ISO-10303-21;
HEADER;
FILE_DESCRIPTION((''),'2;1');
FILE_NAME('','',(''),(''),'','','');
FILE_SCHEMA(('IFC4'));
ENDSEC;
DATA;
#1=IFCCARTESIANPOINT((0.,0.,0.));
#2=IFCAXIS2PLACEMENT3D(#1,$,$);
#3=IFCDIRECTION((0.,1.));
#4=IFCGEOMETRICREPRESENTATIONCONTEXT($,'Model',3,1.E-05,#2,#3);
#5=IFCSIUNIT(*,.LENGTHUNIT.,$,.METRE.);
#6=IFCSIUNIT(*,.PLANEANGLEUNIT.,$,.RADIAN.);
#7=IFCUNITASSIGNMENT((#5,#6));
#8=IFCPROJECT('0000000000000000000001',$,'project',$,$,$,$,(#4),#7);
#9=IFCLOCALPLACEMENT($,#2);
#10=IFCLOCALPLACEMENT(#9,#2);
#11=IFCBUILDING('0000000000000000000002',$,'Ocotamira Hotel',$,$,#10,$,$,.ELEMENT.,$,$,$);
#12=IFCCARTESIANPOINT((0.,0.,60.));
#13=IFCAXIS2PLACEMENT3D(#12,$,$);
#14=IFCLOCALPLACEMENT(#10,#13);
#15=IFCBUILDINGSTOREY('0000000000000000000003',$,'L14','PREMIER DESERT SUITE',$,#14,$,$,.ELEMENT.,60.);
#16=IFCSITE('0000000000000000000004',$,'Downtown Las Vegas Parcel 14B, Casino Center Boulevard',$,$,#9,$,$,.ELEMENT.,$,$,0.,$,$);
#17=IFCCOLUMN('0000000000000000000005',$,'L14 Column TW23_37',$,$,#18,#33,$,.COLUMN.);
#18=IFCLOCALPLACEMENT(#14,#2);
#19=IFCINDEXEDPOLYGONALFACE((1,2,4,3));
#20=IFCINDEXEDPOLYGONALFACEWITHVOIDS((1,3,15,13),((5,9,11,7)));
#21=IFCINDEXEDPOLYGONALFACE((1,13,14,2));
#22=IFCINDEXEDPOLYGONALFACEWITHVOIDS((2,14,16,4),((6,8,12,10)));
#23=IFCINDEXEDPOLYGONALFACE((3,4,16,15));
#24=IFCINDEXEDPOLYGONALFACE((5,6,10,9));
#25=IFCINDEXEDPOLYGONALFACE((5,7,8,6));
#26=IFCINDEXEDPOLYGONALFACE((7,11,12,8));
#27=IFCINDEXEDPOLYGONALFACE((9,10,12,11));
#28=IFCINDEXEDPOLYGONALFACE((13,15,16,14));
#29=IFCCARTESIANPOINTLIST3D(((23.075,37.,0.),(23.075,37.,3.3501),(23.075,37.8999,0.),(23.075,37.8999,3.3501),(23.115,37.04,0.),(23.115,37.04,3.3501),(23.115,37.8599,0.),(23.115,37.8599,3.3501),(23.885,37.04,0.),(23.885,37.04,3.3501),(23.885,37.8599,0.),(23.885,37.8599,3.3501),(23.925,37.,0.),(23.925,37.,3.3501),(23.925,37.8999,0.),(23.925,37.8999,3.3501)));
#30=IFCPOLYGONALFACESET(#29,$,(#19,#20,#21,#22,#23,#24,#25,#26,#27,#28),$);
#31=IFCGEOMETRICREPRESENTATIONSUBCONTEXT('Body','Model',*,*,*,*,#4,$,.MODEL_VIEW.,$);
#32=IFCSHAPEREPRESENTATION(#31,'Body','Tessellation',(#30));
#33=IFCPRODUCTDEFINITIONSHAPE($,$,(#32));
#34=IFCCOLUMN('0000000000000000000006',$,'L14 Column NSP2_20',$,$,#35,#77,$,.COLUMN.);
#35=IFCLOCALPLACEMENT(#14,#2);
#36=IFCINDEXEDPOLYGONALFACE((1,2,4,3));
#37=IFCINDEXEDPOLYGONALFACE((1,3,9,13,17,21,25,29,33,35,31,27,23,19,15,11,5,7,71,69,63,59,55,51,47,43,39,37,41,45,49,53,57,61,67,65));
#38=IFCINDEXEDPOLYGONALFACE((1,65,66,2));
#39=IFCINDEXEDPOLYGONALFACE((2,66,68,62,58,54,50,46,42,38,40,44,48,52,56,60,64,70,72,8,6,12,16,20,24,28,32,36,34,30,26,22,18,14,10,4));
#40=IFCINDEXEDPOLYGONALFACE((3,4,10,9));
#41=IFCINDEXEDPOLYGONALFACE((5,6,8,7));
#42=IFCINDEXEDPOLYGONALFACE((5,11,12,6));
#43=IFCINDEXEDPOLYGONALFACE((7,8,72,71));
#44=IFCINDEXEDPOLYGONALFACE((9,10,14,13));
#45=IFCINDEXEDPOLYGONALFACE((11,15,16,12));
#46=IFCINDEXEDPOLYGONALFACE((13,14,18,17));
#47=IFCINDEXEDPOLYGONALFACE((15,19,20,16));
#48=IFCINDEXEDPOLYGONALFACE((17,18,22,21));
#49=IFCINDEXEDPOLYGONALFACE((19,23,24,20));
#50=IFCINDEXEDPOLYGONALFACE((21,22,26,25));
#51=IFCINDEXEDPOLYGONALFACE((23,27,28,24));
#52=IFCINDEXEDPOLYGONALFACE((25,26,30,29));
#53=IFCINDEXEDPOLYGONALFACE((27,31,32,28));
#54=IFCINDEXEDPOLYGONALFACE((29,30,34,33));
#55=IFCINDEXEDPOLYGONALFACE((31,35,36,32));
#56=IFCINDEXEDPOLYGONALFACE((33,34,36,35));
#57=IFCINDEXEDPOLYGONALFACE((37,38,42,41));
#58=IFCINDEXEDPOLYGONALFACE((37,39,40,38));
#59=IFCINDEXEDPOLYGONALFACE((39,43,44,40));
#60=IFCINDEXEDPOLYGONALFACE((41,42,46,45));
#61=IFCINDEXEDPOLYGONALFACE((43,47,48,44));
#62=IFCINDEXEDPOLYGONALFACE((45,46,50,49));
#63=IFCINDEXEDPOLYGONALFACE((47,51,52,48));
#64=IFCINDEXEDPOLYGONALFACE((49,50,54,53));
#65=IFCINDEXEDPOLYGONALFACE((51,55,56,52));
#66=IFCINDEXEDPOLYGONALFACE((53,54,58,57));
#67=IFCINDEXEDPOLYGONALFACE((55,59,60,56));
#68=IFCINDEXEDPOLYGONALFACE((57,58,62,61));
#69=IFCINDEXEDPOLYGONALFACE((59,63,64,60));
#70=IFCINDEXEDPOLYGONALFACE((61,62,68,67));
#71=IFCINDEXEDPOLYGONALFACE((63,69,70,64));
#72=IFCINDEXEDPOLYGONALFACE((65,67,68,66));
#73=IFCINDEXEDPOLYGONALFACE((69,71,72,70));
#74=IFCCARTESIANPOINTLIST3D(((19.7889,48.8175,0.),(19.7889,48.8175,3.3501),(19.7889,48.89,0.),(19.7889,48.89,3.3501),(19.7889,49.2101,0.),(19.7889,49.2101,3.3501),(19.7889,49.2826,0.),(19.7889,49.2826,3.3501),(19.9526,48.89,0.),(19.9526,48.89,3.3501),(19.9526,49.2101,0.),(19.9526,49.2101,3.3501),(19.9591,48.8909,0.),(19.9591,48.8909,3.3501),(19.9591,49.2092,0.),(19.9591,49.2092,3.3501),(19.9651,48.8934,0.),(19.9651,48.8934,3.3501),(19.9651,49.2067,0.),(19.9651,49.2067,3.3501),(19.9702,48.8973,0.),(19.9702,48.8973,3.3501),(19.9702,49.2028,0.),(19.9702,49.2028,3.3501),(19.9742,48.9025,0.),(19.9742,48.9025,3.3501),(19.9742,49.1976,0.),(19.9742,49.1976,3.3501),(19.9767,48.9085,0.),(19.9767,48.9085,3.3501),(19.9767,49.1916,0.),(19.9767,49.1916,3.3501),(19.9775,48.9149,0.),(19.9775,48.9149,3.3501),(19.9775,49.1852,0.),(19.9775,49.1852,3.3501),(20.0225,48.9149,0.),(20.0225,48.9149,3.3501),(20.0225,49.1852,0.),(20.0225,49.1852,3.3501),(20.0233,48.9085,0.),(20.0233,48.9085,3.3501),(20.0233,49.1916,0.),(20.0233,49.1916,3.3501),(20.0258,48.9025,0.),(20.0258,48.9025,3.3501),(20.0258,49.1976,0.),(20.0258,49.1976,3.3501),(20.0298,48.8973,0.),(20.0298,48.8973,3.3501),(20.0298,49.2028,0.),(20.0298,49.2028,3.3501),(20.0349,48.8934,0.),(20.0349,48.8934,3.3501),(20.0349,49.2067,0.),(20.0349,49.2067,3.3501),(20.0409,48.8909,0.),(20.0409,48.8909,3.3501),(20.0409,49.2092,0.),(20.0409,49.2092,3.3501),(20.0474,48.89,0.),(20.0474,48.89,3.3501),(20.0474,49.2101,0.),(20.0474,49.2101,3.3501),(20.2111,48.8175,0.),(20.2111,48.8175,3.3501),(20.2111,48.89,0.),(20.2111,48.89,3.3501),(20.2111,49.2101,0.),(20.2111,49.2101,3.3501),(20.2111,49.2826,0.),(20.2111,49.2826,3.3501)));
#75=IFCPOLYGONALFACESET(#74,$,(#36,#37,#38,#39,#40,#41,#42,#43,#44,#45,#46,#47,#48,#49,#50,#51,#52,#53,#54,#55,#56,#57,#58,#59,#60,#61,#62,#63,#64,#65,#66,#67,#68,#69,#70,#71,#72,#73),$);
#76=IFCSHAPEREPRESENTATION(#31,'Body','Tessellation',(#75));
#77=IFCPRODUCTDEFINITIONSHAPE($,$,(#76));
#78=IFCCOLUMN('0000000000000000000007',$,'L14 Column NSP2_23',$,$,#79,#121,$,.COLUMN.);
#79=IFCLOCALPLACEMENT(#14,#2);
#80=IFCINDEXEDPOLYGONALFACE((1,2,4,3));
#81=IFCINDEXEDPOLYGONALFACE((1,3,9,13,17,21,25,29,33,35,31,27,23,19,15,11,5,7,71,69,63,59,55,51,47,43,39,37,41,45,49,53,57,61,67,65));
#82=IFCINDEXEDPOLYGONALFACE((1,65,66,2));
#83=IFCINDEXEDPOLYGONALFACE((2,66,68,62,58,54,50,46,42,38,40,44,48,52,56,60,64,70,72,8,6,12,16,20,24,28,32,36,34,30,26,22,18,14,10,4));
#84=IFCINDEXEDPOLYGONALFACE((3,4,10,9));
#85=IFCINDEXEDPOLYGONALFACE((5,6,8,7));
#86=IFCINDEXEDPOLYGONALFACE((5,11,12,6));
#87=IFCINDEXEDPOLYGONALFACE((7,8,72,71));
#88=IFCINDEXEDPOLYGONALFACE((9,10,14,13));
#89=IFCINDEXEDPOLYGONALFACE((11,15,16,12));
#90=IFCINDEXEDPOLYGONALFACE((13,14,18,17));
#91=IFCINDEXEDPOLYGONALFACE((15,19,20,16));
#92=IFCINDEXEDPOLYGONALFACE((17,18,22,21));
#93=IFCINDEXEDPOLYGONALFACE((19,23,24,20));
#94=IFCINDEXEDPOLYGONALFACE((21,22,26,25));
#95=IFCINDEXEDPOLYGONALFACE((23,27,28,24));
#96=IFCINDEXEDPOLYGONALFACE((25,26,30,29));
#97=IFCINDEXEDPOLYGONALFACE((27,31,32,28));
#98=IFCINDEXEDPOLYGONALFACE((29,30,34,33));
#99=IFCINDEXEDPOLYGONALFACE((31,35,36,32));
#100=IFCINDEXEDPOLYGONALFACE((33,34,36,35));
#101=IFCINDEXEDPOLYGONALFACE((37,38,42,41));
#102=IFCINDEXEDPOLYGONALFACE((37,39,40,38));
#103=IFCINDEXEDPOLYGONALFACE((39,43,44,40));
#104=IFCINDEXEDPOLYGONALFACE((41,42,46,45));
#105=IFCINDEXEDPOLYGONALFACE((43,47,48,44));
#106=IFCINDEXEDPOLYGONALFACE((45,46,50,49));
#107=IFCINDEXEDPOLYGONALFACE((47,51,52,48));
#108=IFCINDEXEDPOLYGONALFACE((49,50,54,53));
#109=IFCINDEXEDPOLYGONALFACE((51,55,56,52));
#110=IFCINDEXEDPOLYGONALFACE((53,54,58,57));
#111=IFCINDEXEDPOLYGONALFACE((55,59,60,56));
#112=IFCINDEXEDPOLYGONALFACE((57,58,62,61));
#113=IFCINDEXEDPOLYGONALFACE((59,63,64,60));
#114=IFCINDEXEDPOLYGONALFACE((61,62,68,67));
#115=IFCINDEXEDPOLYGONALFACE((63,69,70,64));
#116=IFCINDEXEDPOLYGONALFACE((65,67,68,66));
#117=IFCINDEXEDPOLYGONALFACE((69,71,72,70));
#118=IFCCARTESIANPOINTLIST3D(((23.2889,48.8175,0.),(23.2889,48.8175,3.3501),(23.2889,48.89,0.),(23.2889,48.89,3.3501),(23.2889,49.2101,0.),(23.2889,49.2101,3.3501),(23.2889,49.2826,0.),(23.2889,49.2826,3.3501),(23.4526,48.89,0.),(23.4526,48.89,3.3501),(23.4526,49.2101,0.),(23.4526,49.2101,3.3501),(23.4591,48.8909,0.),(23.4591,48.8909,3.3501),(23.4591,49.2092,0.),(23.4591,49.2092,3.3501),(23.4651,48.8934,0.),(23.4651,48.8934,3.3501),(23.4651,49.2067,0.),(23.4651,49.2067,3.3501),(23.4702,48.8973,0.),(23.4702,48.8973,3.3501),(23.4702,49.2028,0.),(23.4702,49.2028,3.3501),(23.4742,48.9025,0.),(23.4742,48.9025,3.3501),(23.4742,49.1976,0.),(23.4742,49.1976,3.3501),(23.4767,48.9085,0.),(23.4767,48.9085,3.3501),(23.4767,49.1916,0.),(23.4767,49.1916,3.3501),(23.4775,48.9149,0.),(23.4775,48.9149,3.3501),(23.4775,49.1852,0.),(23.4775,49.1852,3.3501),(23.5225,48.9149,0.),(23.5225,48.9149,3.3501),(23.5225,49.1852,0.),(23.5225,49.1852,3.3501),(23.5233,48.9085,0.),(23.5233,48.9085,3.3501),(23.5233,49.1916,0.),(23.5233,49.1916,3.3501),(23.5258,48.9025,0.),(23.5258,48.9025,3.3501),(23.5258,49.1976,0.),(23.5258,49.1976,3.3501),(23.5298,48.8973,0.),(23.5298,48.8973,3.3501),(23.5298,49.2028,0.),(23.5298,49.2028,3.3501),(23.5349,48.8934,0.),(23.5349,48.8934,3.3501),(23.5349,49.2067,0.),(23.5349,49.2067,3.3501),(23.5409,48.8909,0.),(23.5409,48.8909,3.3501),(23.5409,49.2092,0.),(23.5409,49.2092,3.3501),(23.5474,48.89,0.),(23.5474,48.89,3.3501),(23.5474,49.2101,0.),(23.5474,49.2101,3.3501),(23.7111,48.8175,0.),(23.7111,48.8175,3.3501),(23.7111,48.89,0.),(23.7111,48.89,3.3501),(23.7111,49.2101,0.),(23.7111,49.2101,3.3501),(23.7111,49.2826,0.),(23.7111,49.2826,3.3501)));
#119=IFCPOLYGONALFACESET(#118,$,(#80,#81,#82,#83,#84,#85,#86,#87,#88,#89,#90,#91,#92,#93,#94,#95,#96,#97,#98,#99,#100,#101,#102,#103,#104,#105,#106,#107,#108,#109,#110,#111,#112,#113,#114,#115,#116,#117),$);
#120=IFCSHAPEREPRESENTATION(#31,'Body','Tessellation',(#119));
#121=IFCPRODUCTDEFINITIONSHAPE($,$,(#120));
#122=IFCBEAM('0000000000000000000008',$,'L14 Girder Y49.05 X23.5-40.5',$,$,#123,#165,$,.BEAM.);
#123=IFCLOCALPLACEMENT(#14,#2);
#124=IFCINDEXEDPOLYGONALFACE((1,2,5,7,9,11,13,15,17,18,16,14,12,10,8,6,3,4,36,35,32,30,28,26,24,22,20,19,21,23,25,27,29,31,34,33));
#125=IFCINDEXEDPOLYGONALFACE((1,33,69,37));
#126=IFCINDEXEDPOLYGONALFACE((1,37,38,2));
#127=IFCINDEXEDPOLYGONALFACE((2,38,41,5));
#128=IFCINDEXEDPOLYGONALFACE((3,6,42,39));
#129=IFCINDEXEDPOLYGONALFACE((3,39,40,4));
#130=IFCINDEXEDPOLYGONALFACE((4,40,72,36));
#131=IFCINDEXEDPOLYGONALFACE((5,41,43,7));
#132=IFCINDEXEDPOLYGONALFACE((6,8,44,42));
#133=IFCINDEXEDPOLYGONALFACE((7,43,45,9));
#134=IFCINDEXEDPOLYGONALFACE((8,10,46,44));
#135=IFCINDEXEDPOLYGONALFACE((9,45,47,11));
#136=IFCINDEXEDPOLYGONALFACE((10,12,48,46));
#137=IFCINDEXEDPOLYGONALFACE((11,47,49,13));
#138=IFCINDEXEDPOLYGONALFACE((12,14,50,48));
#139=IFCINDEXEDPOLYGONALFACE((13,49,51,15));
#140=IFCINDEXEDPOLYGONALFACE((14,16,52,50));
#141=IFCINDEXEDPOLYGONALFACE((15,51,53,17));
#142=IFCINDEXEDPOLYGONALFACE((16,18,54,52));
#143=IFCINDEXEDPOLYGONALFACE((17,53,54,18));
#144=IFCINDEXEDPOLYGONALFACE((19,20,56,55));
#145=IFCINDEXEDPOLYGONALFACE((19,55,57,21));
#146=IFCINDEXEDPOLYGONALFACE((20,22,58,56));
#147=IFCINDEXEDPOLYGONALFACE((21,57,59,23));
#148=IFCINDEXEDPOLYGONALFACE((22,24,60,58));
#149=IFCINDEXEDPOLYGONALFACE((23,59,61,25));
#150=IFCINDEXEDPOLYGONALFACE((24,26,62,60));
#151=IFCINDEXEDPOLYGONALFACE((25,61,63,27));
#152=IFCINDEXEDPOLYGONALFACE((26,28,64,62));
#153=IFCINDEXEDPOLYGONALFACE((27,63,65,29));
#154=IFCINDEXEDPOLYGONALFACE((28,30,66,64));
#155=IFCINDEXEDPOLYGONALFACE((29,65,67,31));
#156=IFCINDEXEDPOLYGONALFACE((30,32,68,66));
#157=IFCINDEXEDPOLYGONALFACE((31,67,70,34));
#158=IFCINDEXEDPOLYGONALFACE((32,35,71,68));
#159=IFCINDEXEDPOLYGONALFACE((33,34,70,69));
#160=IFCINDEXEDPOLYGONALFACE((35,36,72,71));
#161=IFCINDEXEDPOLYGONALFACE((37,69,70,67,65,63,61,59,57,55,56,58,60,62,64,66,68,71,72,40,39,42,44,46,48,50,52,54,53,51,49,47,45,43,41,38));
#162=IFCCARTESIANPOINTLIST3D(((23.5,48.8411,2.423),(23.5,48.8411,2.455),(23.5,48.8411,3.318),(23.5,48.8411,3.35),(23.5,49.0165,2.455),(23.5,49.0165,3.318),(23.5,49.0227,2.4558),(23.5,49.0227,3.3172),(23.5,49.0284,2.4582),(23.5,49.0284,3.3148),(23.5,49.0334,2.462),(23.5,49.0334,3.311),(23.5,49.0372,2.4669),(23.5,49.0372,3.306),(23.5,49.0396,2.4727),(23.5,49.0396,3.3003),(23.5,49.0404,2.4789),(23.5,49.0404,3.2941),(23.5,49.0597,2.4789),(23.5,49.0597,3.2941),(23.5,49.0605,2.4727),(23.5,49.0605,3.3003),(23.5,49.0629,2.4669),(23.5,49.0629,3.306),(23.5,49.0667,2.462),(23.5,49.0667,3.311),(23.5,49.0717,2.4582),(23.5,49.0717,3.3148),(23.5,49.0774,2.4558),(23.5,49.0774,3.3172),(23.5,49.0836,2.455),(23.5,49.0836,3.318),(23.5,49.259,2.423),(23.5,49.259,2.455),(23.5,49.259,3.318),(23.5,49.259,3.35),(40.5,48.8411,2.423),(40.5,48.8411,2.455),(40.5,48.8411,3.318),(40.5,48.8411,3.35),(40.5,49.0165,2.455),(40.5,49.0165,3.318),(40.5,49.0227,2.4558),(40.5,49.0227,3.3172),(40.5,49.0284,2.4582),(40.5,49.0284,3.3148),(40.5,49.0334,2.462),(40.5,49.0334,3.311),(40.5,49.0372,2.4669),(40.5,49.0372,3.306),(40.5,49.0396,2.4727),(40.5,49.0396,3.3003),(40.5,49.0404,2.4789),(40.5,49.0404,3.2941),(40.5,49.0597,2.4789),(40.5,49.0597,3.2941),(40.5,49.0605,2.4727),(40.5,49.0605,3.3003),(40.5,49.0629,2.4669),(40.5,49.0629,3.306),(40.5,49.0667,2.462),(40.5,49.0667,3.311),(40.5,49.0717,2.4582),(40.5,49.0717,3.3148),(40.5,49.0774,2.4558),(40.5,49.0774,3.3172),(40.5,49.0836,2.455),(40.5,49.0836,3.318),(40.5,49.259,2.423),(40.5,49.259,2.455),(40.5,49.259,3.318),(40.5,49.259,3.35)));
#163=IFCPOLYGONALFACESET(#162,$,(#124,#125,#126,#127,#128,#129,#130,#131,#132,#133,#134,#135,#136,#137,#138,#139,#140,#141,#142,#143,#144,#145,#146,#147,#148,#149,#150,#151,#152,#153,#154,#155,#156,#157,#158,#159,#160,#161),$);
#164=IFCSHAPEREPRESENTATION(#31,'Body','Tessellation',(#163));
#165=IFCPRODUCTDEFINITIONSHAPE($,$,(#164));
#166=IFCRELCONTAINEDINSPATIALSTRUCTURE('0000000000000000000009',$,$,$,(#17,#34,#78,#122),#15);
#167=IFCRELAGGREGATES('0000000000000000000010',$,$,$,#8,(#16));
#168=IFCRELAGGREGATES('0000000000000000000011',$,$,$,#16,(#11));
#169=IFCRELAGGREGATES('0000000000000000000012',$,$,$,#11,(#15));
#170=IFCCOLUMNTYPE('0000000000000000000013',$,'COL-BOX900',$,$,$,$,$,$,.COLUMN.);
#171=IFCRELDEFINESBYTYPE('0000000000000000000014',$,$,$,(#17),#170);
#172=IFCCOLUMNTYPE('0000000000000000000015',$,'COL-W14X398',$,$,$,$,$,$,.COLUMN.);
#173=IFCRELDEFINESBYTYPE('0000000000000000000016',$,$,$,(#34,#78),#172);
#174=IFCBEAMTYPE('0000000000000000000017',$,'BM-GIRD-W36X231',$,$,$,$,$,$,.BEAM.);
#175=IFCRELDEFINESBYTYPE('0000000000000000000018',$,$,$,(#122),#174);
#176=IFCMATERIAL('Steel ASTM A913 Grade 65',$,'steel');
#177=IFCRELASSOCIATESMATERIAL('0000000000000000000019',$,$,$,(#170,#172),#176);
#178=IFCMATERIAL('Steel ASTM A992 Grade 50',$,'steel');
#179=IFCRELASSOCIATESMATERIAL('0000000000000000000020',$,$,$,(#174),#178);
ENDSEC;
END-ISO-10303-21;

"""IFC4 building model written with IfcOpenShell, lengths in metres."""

from ifc_helpers import new_model, si_unit, direction, frame, origin, origin_2d, place, context, subcontext, project, spatial, hollow_rectangle, i_section, extrude, source, transform, mapped, material, material_profile, profile_set, type_object, element, save


model = new_model("IFC4")

# Units and contexts
model_context = context("Model", 3, precision=1e-05, world=origin(), true_north=direction((0.0, 1.0)))
body_context = subcontext(model_context, "Body", "Model", "MODEL_VIEW")
ifc_project = project(units=[si_unit("LENGTHUNIT", "METRE"), si_unit("PLANEANGLEUNIT", "RADIAN")], contexts=[model_context])

# Site, building, storey
site_placement = place(None, origin())
site = spatial("IfcSite", under=ifc_project, at=site_placement, Name="Downtown Las Vegas Parcel 14B, Casino Center Boulevard", CompositionType="ELEMENT", RefElevation=0.0)
building_placement = place(site_placement, origin())
building = spatial("IfcBuilding", under=site, at=building_placement, Name="Ocotamira Hotel", CompositionType="ELEMENT")
storey_placement = place(building_placement, frame((0.0, 0.0, 60.0)))
storey = spatial("IfcBuildingStorey", under=building, at=storey_placement, Name="L14", Description="PREMIER DESERT SUITE", CompositionType="ELEMENT", Elevation=60.0)

# Columns
ifc_material_1 = material(Name="Steel ASTM A913 Grade 65", Category="steel")
ifc_material_profile_1 = material_profile(ifc_material_1, hollow_rectangle(XDim=0.8501, YDim=0.8999, WallThickness=0.04, at=origin_2d()), Name="BOX900X850X40")
ifc_profile_set_1 = profile_set([ifc_material_profile_1], Name="Steel ASTM A913 Grade 65")
column_type_1 = type_object("IfcColumnType", Name="COL-BOX900", PredefinedType="COLUMN", material=ifc_profile_set_1)
shared_shape_1 = source(origin(), body_context, "Body", "SweptSolid", [
    extrude(hollow_rectangle(XDim=0.8501, YDim=0.8999, WallThickness=0.04, at=origin_2d()), origin(), (0.0, 0.0, 1.0), 3.3501),
])
column_placement = place(storey_placement, frame((23.5, 37.45, 0.0), z_axis=(0.0, 0.0, 1.0), x_axis=(1.0, 0.0, 0.0)))
element("IfcColumn", 1, at=column_placement, inside=storey, type_object=column_type_1, Name="L14 Column TW23_37", PredefinedType="COLUMN", context=body_context, shape_type="MappedRepresentation", body=[
    mapped(shared_shape_1, transform((0.0, 0.0, 0.0), scale=1.0)),
])
ifc_material_profile_2 = material_profile(ifc_material_1, i_section(OverallWidth=0.4221, OverallDepth=0.4651, WebThickness=0.0449, FlangeThickness=0.0725, FilletRadius=0.0249, at=origin_2d()), Name="W14X398")
ifc_profile_set_2 = profile_set([ifc_material_profile_2], Name="Steel ASTM A913 Grade 65")
column_type_2 = type_object("IfcColumnType", Name="COL-W14X398", PredefinedType="COLUMN", material=ifc_profile_set_2)
shared_shape_2 = source(origin(), body_context, "Body", "SweptSolid", [
    extrude(i_section(OverallWidth=0.4221, OverallDepth=0.4651, WebThickness=0.0449, FlangeThickness=0.0725, FilletRadius=0.0249, at=origin_2d()), origin(), (0.0, 0.0, 1.0), 3.3501),
])
for number, where, z_axis, x_axis, name in (
    (2, (20.0, 49.05, 0.0), (0.0, 0.0, 1.0), (1.0, 0.0, 0.0), "L14 Column NSP2_20"),
    (3, (23.5, 49.05, 0.0), (0.0, 0.0, 1.0), (1.0, 0.0, 0.0), "L14 Column NSP2_23"),
):
    element("IfcColumn", number, at=place(storey_placement, frame(where, z_axis=z_axis, x_axis=x_axis)), inside=storey, type_object=column_type_2, Name=name, PredefinedType="COLUMN", context=body_context, shape_type="MappedRepresentation", body=[
        mapped(shared_shape_2, transform((0.0, 0.0, 0.0), scale=1.0)),
    ])

# Beam
ifc_material_2 = material(Name="Steel ASTM A992 Grade 50", Category="steel")
ifc_material_profile_3 = material_profile(ifc_material_2, i_section(OverallWidth=0.418, OverallDepth=0.927, WebThickness=0.0193, FlangeThickness=0.032, FilletRadius=0.0239, at=origin_2d()), Name="W36X231")
ifc_profile_set_3 = profile_set([ifc_material_profile_3], Name="Steel ASTM A992 Grade 50")
beam_type_1 = type_object("IfcBeamType", Name="BM-GIRD-W36X231", PredefinedType="BEAM", material=ifc_profile_set_3)
shared_shape_3 = source(origin(), body_context, "Body", "SweptSolid", [
    extrude(i_section(OverallWidth=0.418, OverallDepth=0.927, WebThickness=0.0193, FlangeThickness=0.032, FilletRadius=0.0239, at=origin_2d()), origin(), (0.0, 0.0, 1.0), 17.0),
])
beam_1_placement = place(storey_placement, frame((23.5, 49.05, 2.8865), z_axis=(1.0, 0.0, 0.0), x_axis=(0.0, 1.0, 0.0)))
element("IfcBeam", 4, at=beam_1_placement, inside=storey, type_object=beam_type_1, Name="L14 Girder Y49.05 X23.5-40.5", PredefinedType="BEAM", context=body_context, shape_type="MappedRepresentation", body=[
    mapped(shared_shape_3, transform((0.0, 0.0, 0.0), scale=1.0)),
])

save(model, "model.ifc")
